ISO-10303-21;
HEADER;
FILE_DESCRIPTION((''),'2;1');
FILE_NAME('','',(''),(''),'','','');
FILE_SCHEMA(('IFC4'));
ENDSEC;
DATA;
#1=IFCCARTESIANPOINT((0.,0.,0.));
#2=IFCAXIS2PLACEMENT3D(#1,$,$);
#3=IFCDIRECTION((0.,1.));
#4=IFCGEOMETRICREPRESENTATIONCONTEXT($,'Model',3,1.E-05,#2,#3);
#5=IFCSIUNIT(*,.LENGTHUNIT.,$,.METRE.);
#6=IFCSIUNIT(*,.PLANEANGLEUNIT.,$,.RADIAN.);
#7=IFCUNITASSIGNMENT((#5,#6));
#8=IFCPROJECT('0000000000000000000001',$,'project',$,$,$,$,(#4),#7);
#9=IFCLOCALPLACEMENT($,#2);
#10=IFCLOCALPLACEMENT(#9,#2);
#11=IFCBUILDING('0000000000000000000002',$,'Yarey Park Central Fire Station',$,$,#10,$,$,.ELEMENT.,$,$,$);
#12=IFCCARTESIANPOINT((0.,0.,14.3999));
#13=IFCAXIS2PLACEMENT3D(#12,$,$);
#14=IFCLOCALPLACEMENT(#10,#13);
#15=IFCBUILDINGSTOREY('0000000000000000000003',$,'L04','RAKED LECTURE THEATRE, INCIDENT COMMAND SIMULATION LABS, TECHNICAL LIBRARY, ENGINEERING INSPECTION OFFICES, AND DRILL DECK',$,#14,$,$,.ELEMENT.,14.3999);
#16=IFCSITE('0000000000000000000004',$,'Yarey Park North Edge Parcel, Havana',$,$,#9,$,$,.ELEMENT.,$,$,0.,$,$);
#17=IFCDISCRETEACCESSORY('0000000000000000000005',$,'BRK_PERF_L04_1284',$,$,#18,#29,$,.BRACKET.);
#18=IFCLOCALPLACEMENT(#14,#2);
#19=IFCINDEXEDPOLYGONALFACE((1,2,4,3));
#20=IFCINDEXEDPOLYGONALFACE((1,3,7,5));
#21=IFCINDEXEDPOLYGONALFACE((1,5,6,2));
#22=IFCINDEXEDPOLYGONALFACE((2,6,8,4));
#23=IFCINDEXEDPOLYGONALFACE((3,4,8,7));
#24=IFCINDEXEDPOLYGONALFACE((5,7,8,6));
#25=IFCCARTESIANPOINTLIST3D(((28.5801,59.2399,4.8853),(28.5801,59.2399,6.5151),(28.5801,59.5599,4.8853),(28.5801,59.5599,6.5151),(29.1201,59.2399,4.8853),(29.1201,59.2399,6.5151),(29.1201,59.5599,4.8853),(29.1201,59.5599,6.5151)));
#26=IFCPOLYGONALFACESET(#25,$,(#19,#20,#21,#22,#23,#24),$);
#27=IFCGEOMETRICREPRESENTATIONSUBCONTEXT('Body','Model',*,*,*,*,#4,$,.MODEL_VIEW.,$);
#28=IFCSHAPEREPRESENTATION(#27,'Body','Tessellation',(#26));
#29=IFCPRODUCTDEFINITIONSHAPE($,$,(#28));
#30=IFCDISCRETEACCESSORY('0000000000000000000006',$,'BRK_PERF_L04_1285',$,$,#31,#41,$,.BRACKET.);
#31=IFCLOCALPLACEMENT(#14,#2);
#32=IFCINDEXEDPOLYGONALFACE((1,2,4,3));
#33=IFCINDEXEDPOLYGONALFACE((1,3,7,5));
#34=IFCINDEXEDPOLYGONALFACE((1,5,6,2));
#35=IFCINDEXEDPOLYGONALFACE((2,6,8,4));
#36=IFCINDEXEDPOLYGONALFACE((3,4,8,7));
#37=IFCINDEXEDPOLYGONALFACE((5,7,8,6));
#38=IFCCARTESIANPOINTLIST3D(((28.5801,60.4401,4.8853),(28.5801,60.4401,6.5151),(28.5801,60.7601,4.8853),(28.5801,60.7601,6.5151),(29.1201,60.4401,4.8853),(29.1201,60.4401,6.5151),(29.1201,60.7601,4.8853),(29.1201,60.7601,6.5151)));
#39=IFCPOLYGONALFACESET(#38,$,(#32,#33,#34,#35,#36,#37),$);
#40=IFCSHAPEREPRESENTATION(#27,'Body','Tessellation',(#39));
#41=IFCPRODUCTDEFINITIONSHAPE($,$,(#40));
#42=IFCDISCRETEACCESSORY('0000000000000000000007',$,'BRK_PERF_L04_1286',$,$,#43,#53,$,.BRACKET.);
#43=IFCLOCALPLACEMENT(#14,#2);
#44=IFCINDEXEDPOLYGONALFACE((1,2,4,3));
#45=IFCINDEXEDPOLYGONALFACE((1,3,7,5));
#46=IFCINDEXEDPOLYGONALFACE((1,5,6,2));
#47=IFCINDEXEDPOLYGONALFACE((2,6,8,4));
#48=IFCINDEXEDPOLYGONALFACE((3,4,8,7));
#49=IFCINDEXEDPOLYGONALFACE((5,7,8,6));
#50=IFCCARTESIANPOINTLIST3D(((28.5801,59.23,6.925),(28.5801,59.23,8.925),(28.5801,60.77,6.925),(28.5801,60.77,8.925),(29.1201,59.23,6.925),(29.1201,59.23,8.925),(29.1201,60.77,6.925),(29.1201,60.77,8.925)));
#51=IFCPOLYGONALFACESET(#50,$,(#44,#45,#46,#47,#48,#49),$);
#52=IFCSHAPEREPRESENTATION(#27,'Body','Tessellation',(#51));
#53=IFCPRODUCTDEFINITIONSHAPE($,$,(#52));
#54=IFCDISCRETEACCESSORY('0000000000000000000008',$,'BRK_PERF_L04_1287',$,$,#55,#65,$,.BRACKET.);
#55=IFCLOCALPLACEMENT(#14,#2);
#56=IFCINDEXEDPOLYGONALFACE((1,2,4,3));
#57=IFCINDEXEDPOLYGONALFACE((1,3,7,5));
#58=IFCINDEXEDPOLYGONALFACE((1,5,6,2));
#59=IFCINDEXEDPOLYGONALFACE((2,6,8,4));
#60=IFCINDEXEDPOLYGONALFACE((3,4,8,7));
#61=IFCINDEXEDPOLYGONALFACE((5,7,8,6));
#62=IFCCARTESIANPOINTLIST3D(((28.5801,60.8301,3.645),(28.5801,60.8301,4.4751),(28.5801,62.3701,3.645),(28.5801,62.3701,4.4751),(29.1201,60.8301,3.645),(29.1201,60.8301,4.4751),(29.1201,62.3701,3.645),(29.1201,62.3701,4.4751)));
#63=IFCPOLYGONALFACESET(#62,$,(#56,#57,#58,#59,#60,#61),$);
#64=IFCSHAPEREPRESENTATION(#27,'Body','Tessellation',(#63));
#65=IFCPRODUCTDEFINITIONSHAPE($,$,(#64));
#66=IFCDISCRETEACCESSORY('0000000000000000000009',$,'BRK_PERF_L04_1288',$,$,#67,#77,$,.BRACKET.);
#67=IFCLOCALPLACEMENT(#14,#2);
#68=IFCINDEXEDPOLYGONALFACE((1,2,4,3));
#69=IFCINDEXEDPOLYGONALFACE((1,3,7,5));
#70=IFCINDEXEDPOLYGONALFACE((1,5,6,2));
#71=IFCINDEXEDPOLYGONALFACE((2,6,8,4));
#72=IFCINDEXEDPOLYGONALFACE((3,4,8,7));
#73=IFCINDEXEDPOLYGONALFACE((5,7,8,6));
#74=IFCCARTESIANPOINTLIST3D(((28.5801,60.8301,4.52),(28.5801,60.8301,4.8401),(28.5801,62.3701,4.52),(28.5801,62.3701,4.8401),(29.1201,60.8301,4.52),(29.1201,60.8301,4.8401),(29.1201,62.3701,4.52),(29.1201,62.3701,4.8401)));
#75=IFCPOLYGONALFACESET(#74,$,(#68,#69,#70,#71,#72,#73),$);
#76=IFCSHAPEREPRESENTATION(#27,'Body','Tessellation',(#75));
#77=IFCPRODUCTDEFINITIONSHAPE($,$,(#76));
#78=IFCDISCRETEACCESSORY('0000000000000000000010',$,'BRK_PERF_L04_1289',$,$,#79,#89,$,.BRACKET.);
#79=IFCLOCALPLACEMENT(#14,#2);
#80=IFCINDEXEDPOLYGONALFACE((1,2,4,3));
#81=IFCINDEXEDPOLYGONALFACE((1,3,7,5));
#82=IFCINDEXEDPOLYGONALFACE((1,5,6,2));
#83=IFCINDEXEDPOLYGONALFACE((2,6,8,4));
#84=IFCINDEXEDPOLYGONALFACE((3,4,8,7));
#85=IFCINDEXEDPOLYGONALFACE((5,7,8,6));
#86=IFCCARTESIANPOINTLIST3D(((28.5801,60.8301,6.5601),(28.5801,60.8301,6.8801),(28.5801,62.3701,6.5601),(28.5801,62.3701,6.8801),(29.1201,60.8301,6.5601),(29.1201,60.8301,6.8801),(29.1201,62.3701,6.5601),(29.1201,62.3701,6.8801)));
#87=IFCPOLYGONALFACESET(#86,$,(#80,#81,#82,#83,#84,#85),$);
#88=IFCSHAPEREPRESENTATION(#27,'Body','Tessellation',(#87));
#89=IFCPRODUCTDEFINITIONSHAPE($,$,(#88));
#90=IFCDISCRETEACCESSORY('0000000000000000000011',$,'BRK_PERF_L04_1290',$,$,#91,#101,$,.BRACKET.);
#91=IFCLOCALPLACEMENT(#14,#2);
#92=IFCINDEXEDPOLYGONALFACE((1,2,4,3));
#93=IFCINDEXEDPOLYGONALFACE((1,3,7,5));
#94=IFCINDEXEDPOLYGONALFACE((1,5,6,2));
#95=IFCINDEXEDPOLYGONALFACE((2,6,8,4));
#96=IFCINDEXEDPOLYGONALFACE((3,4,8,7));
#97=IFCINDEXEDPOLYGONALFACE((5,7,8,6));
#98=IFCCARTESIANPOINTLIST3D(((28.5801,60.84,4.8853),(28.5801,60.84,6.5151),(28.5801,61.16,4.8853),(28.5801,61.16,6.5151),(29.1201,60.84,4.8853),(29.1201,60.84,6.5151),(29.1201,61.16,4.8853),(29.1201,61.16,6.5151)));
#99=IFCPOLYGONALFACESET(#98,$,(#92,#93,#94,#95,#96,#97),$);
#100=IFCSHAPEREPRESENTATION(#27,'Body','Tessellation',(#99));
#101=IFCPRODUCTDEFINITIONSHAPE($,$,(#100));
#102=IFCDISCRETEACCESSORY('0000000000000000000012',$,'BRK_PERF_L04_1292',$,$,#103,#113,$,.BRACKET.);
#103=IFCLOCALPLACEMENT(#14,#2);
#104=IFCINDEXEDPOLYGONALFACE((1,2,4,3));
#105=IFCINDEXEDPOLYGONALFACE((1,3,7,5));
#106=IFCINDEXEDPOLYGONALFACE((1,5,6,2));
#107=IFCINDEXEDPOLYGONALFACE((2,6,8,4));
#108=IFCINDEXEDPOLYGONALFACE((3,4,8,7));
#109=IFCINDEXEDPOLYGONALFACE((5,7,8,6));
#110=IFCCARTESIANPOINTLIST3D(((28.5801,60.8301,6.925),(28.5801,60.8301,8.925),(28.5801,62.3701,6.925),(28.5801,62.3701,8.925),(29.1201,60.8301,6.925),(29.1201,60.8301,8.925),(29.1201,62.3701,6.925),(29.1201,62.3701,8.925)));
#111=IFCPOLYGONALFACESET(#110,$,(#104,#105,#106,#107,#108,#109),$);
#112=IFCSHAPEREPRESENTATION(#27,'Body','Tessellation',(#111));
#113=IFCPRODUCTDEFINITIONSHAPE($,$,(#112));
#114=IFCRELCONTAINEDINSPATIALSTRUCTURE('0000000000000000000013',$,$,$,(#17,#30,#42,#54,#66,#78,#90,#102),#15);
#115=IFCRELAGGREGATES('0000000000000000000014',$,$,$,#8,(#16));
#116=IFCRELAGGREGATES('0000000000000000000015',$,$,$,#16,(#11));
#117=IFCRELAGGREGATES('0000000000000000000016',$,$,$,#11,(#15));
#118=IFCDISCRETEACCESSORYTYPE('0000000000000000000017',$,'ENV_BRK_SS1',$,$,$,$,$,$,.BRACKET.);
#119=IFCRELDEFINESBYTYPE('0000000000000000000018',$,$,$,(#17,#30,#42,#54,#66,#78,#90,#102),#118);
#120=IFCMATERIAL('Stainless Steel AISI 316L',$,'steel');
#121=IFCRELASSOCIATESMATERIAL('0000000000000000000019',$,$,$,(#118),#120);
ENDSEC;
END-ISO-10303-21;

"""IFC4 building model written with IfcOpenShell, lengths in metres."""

from ifc_helpers import new_model, si_unit, direction, frame, origin, origin_2d, place, context, subcontext, project, spatial, rectangle, extrude, material, type_object, element, save


model = new_model("IFC4")

# Units and contexts
model_context = context("Model", 3, precision=1e-05, world=origin(), true_north=direction((0.0, 1.0)))
body_context = subcontext(model_context, "Body", "Model", "MODEL_VIEW")
ifc_project = project(units=[si_unit("LENGTHUNIT", "METRE"), si_unit("PLANEANGLEUNIT", "RADIAN")], contexts=[model_context])

# Site, building, storey
site_placement = place(None, origin())
site = spatial("IfcSite", under=ifc_project, at=site_placement, Name="Yarey Park North Edge Parcel, Havana", CompositionType="ELEMENT", RefElevation=0.0)
building_placement = place(site_placement, origin())
building = spatial("IfcBuilding", under=site, at=building_placement, Name="Yarey Park Central Fire Station", CompositionType="ELEMENT")
storey_placement = place(building_placement, frame((0.0, 0.0, 14.3999)))
storey = spatial("IfcBuildingStorey", under=building, at=storey_placement, Name="L04", Description="RAKED LECTURE THEATRE, INCIDENT COMMAND SIMULATION LABS, TECHNICAL LIBRARY, ENGINEERING INSPECTION OFFICES, AND DRILL DECK", CompositionType="ELEMENT", Elevation=14.3999)

# Discrete accessories
ifc_material_1 = material(Name="Stainless Steel AISI 316L", Category="steel")
discrete_accessory_type = type_object("IfcDiscreteAccessoryType", Name="ENV_BRK_SS1", PredefinedType="BRACKET", material=ifc_material_1)
for number, where, z_axis, x_axis, name in (
    (1, (28.8501, 59.3999, 4.8853), (0.0, 0.0, 1.0), (1.0, 0.0, 0.0), "BRK_PERF_L04_1284"),
    (2, (28.8501, 60.6001, 4.8853), (0.0, 0.0, 1.0), (1.0, 0.0, 0.0), "BRK_PERF_L04_1285"),
):
    element("IfcDiscreteAccessory", number, at=place(storey_placement, frame(where, z_axis=z_axis, x_axis=x_axis)), inside=storey, type_object=discrete_accessory_type, Name=name, PredefinedType="BRACKET", context=body_context, shape_type="SweptSolid", body=[
        extrude(rectangle(XDim=0.54, YDim=0.3201, at=origin_2d()), origin(), (0.0, 0.0, 1.0), 1.6299),
    ])
discrete_accessory_1_placement = place(storey_placement, frame((28.8501, 60.0, 6.925), z_axis=(0.0, 0.0, 1.0), x_axis=(1.0, 0.0, 0.0)))
element("IfcDiscreteAccessory", 3, at=discrete_accessory_1_placement, inside=storey, type_object=discrete_accessory_type, Name="BRK_PERF_L04_1286", PredefinedType="BRACKET", context=body_context, shape_type="SweptSolid", body=[
    extrude(rectangle(XDim=0.54, YDim=1.54, at=origin_2d()), origin(), (0.0, 0.0, 1.0), 2.0),
])
discrete_accessory_2_placement = place(storey_placement, frame((28.8501, 61.6001, 3.645), z_axis=(0.0, 0.0, 1.0), x_axis=(1.0, 0.0, 0.0)))
element("IfcDiscreteAccessory", 4, at=discrete_accessory_2_placement, inside=storey, type_object=discrete_accessory_type, Name="BRK_PERF_L04_1287", PredefinedType="BRACKET", context=body_context, shape_type="SweptSolid", body=[
    extrude(rectangle(XDim=0.54, YDim=1.54, at=origin_2d()), origin(), (0.0, 0.0, 1.0), 0.8301),
])
for number, where, z_axis, x_axis, name in (
    (5, (28.8501, 61.6001, 4.52), (0.0, 0.0, 1.0), (1.0, 0.0, 0.0), "BRK_PERF_L04_1288"),
    (6, (28.8501, 61.6001, 6.5601), (0.0, 0.0, 1.0), (1.0, 0.0, 0.0), "BRK_PERF_L04_1289"),
):
    element("IfcDiscreteAccessory", number, at=place(storey_placement, frame(where, z_axis=z_axis, x_axis=x_axis)), inside=storey, type_object=discrete_accessory_type, Name=name, PredefinedType="BRACKET", context=body_context, shape_type="SweptSolid", body=[
        extrude(rectangle(XDim=0.54, YDim=1.54, at=origin_2d()), origin(), (0.0, 0.0, 1.0), 0.3201),
    ])
discrete_accessory_3_placement = place(storey_placement, frame((28.8501, 61.0, 4.8853), z_axis=(0.0, 0.0, 1.0), x_axis=(1.0, 0.0, 0.0)))
element("IfcDiscreteAccessory", 7, at=discrete_accessory_3_placement, inside=storey, type_object=discrete_accessory_type, Name="BRK_PERF_L04_1290", PredefinedType="BRACKET", context=body_context, shape_type="SweptSolid", body=[
    extrude(rectangle(XDim=0.54, YDim=0.3201, at=origin_2d()), origin(), (0.0, 0.0, 1.0), 1.6299),
])
discrete_accessory_4_placement = place(storey_placement, frame((28.8501, 61.6001, 6.925), z_axis=(0.0, 0.0, 1.0), x_axis=(1.0, 0.0, 0.0)))
element("IfcDiscreteAccessory", 8, at=discrete_accessory_4_placement, inside=storey, type_object=discrete_accessory_type, Name="BRK_PERF_L04_1292", PredefinedType="BRACKET", context=body_context, shape_type="SweptSolid", body=[
    extrude(rectangle(XDim=0.54, YDim=1.54, at=origin_2d()), origin(), (0.0, 0.0, 1.0), 2.0),
])

save(model, "model.ifc")
